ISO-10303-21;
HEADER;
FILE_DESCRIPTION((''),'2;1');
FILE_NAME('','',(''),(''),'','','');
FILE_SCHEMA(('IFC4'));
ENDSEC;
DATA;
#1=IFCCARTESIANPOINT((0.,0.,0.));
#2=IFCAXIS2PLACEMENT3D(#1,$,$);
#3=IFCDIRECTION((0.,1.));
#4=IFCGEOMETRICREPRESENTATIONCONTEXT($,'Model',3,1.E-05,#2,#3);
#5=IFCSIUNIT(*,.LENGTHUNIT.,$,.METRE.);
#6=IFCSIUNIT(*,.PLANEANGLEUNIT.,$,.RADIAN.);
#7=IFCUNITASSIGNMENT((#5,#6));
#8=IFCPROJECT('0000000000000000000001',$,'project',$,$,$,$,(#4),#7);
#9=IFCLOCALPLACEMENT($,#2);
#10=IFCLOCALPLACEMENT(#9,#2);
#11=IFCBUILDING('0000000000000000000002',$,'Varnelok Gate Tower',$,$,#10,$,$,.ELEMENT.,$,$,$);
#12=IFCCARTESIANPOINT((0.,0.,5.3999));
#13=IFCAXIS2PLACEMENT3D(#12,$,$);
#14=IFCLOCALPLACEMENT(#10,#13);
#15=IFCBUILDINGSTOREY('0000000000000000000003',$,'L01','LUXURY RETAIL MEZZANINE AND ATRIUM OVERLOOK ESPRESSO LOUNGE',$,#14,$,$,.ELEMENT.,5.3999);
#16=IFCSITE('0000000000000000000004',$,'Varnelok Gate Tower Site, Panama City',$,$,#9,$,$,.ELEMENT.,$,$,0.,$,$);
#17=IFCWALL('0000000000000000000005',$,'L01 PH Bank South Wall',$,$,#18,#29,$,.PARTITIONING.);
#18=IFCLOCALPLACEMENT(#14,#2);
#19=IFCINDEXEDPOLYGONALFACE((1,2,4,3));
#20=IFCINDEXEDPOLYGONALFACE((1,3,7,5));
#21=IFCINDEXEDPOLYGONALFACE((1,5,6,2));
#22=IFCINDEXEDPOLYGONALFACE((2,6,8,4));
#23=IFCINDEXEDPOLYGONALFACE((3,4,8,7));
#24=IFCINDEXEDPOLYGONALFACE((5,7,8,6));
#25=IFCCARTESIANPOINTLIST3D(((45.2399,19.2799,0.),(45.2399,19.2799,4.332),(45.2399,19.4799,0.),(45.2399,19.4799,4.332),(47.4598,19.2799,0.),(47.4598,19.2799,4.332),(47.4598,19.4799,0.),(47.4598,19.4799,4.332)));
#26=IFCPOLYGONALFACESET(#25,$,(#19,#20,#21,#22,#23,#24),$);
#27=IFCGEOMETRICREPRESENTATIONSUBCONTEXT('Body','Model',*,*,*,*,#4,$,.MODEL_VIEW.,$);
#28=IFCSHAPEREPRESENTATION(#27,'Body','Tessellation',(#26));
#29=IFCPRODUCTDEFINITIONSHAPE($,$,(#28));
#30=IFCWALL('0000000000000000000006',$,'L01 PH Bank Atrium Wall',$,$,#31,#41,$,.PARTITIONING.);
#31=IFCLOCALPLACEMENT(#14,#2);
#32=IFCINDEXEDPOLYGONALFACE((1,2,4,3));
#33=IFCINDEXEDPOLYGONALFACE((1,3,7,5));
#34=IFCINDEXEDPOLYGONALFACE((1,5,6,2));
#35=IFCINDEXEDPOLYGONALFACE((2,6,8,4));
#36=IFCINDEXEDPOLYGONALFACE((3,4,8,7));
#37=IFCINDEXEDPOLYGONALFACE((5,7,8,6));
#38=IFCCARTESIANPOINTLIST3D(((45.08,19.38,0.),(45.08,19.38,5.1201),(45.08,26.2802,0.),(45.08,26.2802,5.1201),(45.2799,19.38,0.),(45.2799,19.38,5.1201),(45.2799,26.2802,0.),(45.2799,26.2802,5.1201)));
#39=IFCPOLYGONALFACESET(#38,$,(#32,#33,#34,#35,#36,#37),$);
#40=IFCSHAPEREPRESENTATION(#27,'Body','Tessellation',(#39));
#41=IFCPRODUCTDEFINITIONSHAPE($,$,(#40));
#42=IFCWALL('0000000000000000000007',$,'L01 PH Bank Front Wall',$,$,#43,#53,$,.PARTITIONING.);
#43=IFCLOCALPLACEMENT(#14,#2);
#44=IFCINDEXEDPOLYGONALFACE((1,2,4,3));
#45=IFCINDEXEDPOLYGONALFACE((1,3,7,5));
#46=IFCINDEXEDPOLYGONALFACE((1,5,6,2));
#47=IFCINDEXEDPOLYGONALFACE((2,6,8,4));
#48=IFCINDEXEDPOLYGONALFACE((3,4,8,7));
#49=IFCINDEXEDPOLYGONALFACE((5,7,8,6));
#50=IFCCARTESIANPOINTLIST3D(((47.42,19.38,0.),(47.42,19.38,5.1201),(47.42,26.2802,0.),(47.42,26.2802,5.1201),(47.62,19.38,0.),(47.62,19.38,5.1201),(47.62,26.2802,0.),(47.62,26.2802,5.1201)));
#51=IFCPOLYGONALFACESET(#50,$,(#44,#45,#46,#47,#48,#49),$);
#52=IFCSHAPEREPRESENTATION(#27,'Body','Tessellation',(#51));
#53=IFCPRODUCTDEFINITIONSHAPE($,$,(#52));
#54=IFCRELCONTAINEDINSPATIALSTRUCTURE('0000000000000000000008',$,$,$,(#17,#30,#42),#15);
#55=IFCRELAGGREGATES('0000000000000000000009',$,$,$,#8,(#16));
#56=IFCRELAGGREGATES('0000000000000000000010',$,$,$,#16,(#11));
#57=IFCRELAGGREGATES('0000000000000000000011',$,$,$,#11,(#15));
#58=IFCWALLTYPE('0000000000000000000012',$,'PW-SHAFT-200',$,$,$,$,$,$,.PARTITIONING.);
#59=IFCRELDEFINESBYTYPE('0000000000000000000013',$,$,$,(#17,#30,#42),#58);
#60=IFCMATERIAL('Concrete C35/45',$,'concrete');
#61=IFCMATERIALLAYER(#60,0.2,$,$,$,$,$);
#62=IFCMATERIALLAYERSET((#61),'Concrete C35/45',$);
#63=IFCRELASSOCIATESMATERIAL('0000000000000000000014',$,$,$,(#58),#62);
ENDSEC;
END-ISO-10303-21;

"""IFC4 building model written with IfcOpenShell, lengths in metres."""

from ifc_helpers import new_model, si_unit, direction, frame, frame_2d, origin, place, context, subcontext, project, spatial, rectangle, extrude, material, layer, layer_set, type_object, element, save


model = new_model("IFC4")

# Units and contexts
model_context = context("Model", 3, precision=1e-05, world=origin(), true_north=direction((0.0, 1.0)))
body_context = subcontext(model_context, "Body", "Model", "MODEL_VIEW")
ifc_project = project(units=[si_unit("LENGTHUNIT", "METRE"), si_unit("PLANEANGLEUNIT", "RADIAN")], contexts=[model_context])

# Site, building, storey
site_placement = place(None, origin())
site = spatial("IfcSite", under=ifc_project, at=site_placement, Name="Varnelok Gate Tower Site, Panama City", CompositionType="ELEMENT", RefElevation=0.0)
building_placement = place(site_placement, origin())
building = spatial("IfcBuilding", under=site, at=building_placement, Name="Varnelok Gate Tower", CompositionType="ELEMENT")
storey_placement = place(building_placement, frame((0.0, 0.0, 5.3999)))
storey = spatial("IfcBuildingStorey", under=building, at=storey_placement, Name="L01", Description="LUXURY RETAIL MEZZANINE AND ATRIUM OVERLOOK ESPRESSO LOUNGE", CompositionType="ELEMENT", Elevation=5.3999)

# Walls
ifc_material_1 = material(Name="Concrete C35/45", Category="concrete")
ifc_layer_1 = layer(ifc_material_1, 0.2)
ifc_layer_set_1 = layer_set([ifc_layer_1], Name="Concrete C35/45")
wall_type = type_object("IfcWallType", Name="PW-SHAFT-200", PredefinedType="PARTITIONING", material=ifc_layer_set_1)
wall_1_placement = place(storey_placement, frame((45.24, 19.3799, 0.0), z_axis=(0.0, 0.0, 1.0), x_axis=(1.0, 0.0, 0.0)))
element("IfcWall", 1, at=wall_1_placement, inside=storey, type_object=wall_type, Name="L01 PH Bank South Wall", PredefinedType="PARTITIONING", context=body_context, shape_type="SweptSolid", body=[
    extrude(rectangle(XDim=2.22, YDim=0.2, at=frame_2d((1.1099, 0.0))), origin(), (0.0, 0.0, 1.0), 4.332),
])
for number, where, z_axis, x_axis, name in (
    (2, (45.1799, 19.3799, 0.0), (0.0, 0.0, 1.0), (0.0, 1.0, 0.0), "L01 PH Bank Atrium Wall"),
    (3, (47.52, 19.3799, 0.0), (0.0, 0.0, 1.0), (0.0, 1.0, 0.0), "L01 PH Bank Front Wall"),
):
    element("IfcWall", number, at=place(storey_placement, frame(where, z_axis=z_axis, x_axis=x_axis)), inside=storey, type_object=wall_type, Name=name, PredefinedType="PARTITIONING", context=body_context, shape_type="SweptSolid", body=[
        extrude(rectangle(XDim=6.9001, YDim=0.2, at=frame_2d((3.4502, 0.0))), origin(), (0.0, 0.0, 1.0), 5.1201),
    ])

save(model, "model.ifc")
